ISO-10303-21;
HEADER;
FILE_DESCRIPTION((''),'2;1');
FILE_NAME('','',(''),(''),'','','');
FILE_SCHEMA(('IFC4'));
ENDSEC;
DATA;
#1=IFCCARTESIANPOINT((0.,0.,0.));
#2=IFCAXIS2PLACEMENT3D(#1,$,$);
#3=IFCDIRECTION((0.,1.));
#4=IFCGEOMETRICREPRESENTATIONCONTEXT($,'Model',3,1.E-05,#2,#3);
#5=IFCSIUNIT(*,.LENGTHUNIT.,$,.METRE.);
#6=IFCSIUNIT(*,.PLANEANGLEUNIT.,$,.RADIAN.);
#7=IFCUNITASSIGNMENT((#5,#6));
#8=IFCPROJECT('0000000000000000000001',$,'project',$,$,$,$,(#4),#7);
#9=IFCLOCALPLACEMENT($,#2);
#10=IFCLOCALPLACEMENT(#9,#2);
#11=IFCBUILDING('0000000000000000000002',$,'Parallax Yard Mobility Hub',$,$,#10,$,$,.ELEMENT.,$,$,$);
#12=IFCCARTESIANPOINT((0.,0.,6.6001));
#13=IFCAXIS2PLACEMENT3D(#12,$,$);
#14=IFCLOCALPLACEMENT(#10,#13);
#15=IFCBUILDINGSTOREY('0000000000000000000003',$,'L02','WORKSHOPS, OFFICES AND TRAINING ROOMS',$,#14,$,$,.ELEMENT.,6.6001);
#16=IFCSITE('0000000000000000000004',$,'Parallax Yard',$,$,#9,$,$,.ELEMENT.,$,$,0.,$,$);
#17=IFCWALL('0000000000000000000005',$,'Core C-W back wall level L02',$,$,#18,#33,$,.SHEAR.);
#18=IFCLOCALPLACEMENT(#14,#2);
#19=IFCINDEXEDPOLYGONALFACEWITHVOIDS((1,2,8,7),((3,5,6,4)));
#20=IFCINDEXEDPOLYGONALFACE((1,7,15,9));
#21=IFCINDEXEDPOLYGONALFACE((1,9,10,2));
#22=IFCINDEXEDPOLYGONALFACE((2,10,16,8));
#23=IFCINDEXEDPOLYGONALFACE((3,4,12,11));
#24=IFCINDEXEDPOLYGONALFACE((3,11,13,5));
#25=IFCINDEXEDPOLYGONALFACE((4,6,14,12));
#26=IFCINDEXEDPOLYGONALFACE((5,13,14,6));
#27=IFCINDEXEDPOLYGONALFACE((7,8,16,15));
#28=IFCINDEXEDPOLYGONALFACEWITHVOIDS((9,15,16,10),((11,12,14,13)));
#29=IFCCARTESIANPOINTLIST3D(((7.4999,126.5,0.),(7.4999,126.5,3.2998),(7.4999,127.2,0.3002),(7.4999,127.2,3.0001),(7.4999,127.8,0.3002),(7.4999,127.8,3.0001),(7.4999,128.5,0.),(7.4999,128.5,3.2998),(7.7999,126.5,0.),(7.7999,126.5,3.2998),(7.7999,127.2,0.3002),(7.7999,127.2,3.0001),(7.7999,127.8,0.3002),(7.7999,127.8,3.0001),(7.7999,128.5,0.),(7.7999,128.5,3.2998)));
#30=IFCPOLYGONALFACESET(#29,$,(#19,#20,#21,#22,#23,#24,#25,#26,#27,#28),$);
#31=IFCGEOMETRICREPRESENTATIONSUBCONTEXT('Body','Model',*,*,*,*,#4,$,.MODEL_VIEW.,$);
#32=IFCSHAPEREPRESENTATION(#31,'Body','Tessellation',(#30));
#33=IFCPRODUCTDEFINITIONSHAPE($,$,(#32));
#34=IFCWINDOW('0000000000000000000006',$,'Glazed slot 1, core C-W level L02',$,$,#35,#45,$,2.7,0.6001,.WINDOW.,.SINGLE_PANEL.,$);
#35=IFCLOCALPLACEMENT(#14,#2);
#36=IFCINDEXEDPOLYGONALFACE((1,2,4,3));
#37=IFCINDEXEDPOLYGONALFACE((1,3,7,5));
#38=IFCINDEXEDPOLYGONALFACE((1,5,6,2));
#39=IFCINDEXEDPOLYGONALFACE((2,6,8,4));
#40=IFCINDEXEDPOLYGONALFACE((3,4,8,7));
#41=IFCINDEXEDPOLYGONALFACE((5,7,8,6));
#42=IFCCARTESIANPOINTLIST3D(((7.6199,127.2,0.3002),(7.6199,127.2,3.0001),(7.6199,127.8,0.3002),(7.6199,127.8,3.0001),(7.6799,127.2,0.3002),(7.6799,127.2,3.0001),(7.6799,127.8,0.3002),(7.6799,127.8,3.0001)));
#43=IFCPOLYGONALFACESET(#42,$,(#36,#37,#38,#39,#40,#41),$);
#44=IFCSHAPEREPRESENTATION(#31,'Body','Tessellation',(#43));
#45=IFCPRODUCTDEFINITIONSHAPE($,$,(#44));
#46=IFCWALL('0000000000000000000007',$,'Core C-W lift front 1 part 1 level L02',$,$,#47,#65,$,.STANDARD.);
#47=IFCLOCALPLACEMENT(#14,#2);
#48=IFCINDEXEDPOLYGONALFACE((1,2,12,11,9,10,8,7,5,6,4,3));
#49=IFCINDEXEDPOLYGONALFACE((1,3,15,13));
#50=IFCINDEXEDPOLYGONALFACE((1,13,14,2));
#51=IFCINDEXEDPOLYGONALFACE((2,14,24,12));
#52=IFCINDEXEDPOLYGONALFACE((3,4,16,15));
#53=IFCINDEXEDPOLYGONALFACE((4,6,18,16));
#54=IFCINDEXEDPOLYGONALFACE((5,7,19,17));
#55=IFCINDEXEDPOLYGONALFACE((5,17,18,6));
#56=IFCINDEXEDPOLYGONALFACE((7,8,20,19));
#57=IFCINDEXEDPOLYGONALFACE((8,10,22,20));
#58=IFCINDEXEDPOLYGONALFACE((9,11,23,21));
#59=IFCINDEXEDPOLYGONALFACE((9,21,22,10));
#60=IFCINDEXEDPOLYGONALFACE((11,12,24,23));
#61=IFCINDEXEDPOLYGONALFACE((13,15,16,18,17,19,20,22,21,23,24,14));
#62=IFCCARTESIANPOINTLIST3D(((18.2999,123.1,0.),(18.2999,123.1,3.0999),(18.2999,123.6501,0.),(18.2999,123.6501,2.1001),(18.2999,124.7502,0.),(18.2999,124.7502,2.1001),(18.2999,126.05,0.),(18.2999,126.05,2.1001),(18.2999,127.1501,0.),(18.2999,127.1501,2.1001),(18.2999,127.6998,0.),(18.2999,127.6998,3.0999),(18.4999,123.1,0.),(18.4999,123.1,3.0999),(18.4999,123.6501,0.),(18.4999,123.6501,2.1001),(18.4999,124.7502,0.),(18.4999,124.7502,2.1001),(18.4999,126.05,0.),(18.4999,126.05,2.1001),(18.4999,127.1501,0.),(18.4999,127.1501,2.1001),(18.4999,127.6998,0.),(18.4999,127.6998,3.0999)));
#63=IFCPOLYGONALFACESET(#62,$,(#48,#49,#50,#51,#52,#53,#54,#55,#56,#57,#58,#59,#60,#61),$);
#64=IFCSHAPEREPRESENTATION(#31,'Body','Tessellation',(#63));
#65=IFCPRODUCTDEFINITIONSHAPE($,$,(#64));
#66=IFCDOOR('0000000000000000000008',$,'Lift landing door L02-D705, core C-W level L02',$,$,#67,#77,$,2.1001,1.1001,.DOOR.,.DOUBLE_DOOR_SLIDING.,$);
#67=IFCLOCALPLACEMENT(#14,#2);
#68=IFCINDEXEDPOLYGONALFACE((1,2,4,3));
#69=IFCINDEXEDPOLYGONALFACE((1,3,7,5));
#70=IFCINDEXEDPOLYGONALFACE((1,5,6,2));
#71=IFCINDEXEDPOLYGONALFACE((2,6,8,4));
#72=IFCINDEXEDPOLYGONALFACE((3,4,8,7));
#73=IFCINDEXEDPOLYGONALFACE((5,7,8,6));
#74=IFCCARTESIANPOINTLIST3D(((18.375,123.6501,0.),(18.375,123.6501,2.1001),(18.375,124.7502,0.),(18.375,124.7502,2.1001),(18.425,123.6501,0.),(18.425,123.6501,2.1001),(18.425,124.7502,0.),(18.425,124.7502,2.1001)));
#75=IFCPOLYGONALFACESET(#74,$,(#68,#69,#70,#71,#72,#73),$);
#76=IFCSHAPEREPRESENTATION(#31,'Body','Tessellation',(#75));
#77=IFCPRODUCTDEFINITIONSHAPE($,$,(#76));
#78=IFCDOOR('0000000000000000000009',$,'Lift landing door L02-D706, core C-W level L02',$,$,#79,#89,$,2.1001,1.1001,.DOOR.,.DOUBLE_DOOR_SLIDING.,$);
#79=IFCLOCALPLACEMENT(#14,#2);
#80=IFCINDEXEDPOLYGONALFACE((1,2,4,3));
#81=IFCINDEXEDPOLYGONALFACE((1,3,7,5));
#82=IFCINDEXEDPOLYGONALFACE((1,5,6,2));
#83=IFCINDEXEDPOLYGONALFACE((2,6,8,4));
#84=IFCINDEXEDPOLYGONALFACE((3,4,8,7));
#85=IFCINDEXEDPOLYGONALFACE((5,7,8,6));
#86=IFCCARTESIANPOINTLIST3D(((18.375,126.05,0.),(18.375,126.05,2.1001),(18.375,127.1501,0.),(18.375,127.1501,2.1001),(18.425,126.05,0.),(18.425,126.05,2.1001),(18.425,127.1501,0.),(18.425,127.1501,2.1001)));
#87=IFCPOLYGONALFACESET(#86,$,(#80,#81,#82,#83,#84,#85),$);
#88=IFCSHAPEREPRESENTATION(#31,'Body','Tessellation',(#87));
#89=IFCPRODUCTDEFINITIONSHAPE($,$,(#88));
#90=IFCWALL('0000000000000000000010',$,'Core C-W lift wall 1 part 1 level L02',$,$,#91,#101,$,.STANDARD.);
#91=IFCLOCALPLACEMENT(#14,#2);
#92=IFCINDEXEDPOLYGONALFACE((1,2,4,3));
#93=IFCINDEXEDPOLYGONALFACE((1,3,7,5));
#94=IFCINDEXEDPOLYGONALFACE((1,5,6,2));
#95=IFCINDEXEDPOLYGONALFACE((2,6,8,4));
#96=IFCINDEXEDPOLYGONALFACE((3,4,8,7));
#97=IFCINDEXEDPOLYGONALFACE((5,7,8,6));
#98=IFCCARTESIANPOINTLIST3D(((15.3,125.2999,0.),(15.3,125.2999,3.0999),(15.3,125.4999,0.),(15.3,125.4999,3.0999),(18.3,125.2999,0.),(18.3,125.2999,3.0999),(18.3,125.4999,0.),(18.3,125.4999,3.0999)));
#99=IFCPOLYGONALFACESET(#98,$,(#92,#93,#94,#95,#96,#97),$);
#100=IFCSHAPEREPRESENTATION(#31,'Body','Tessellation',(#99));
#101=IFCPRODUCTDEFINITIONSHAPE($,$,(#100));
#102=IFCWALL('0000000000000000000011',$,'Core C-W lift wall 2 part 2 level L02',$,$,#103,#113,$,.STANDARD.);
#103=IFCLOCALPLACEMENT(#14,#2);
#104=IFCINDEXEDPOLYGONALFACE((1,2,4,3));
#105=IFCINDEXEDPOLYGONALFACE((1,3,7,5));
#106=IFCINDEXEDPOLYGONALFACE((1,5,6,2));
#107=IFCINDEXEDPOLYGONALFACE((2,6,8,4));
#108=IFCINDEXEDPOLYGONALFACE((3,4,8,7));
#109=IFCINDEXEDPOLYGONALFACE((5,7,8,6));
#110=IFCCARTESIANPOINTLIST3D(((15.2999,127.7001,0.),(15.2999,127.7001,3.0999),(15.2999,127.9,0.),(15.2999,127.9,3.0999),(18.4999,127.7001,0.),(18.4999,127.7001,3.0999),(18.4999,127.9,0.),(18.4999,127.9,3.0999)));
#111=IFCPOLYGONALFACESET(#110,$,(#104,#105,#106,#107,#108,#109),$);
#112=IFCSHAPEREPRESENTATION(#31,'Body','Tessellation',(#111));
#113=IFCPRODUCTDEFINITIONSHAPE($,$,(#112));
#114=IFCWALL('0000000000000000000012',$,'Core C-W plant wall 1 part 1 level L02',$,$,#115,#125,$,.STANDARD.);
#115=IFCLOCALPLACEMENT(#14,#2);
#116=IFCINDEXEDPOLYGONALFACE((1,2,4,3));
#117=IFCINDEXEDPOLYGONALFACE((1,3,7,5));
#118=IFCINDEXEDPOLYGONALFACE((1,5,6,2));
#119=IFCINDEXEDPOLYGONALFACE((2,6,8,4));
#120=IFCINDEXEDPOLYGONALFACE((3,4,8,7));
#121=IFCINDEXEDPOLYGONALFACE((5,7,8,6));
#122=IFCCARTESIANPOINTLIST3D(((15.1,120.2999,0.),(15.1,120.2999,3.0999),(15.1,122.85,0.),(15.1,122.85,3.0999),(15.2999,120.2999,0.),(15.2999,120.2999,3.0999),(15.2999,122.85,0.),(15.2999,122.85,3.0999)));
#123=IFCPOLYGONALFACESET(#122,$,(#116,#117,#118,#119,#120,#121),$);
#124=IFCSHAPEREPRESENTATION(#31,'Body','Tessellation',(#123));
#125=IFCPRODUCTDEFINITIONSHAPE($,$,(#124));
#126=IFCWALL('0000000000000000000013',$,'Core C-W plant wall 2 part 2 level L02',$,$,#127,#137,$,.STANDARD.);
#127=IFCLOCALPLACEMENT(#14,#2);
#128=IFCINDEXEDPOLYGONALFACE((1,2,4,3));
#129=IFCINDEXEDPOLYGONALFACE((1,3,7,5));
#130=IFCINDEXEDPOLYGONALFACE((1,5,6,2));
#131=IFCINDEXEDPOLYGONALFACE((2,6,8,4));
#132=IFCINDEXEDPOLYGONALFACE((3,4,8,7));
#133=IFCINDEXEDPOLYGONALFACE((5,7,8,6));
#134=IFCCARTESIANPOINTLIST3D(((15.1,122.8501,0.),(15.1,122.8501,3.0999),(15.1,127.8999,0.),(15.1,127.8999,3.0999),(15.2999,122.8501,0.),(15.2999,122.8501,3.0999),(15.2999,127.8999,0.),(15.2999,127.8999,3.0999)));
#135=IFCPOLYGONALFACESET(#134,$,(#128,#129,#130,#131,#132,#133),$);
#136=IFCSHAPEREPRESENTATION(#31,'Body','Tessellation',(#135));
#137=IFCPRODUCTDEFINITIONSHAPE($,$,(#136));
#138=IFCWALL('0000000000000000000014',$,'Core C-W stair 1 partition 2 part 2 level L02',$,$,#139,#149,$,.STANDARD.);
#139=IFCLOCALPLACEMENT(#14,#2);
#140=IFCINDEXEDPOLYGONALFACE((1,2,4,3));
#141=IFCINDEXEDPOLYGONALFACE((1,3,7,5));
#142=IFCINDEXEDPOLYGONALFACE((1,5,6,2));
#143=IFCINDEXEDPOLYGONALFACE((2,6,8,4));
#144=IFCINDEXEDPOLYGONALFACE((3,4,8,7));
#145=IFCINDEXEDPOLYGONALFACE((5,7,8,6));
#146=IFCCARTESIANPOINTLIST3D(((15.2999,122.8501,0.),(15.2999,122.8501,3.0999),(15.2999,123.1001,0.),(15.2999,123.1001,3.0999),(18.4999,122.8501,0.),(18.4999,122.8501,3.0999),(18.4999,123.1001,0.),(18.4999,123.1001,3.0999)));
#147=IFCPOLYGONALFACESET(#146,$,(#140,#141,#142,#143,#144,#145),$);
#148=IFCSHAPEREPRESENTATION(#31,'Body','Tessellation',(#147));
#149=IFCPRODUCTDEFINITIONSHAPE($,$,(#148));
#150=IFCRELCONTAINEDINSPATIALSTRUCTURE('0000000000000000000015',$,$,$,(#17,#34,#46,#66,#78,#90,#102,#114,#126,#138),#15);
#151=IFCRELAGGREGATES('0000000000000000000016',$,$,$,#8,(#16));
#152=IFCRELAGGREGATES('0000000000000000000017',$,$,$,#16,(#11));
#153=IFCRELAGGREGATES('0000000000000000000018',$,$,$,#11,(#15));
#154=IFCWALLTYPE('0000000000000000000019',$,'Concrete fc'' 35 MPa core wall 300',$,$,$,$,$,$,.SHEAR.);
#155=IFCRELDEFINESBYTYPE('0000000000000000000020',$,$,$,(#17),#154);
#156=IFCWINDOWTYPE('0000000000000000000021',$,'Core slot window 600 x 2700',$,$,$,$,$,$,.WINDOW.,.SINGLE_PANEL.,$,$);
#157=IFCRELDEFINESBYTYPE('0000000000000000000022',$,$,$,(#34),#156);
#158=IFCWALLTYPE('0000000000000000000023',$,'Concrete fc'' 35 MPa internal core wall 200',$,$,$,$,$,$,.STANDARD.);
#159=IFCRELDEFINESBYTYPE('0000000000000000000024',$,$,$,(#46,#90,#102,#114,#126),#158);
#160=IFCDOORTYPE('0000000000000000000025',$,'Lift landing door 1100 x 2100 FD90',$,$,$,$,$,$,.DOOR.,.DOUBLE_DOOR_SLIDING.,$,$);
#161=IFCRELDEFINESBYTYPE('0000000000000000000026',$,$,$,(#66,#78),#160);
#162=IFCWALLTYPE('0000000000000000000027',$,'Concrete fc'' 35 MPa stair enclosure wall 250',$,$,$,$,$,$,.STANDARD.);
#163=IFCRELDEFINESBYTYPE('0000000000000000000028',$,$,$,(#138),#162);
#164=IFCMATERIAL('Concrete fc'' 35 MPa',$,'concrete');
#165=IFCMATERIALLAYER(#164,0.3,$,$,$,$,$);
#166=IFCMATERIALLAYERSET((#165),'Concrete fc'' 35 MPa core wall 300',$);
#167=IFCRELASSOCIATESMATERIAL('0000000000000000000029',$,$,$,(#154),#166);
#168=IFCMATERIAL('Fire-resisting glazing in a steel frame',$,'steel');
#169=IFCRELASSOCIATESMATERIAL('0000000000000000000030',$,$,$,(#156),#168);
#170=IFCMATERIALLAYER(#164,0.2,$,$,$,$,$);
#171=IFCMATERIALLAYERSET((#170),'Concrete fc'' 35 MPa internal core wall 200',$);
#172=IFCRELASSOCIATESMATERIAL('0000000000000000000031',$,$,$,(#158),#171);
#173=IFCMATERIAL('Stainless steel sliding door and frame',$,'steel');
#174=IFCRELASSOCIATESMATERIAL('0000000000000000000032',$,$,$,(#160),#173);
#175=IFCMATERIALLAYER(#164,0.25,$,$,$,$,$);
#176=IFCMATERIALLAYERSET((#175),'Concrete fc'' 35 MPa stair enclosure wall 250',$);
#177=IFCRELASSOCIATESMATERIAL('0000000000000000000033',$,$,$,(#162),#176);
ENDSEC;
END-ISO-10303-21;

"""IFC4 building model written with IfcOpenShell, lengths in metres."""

from ifc_helpers import new_model, si_unit, direction, frame, frame_2d, origin, place, context, subcontext, project, spatial, rectangle, extrude, material, layer, layer_set, type_object, element, fill, save


model = new_model("IFC4")

# Units and contexts
model_context = context("Model", 3, precision=1e-05, world=origin(), true_north=direction((0.0, 1.0)))
body_context = subcontext(model_context, "Body", "Model", "MODEL_VIEW")
ifc_project = project(units=[si_unit("LENGTHUNIT", "METRE"), si_unit("PLANEANGLEUNIT", "RADIAN")], contexts=[model_context])

# Site, building, storey
site_placement = place(None, origin())
site = spatial("IfcSite", under=ifc_project, at=site_placement, Name="Parallax Yard", CompositionType="ELEMENT", RefElevation=0.0)
building_placement = place(site_placement, origin())
building = spatial("IfcBuilding", under=site, at=building_placement, Name="Parallax Yard Mobility Hub", CompositionType="ELEMENT")
storey_placement = place(building_placement, frame((0.0, 0.0, 6.6001)))
storey = spatial("IfcBuildingStorey", under=building, at=storey_placement, Name="L02", Description="WORKSHOPS, OFFICES AND TRAINING ROOMS", CompositionType="ELEMENT", Elevation=6.6001)

# Wall, opening, window
ifc_material_1 = material(Name="Concrete fc' 35 MPa", Category="concrete")
ifc_layer_1 = layer(ifc_material_1, 0.3)
ifc_layer_set_1 = layer_set([ifc_layer_1], Name="Concrete fc' 35 MPa core wall 300")
wall_type_1 = type_object("IfcWallType", Name="Concrete fc' 35 MPa core wall 300", PredefinedType="SHEAR", material=ifc_layer_set_1)
wall_1_placement = place(storey_placement, frame((7.6499, 126.5, 0.0), z_axis=(0.0, 0.0, 1.0), x_axis=(0.0, 1.0, 0.0)))
wall_1 = element("IfcWall", 1, at=wall_1_placement, inside=storey, type_object=wall_type_1, Name="Core C-W back wall level L02", PredefinedType="SHEAR", context=body_context, shape_type="SweptSolid", body=[
    extrude(rectangle(XDim=2.0, YDim=0.3, at=frame_2d((1.0, 0.0))), origin(), (0.0, 0.0, 1.0), 3.2998),
])
opening_1_placement = place(wall_1_placement, frame((0.7, 0.0, 0.3)))
opening_1 = element("IfcOpeningElement", 2, at=opening_1_placement, cuts=wall_1, PredefinedType="OPENING", context=body_context, shape_type="SweptSolid", body=[
    extrude(rectangle(XDim=0.6001, YDim=2.7, at=frame_2d((0.3, 1.3501))), frame((0.0, 0.1602, 0.0), z_axis=(0.0, -1.0, 0.0), x_axis=(1.0, 0.0, 0.0)), (0.0, 0.0, 1.0), 0.3201),
])
ifc_material_2 = material(Name="Fire-resisting glazing in a steel frame", Category="steel")
window_type = type_object("IfcWindowType", Name="Core slot window 600 x 2700", PartitioningType="SINGLE_PANEL", PredefinedType="WINDOW", material=ifc_material_2)
window_placement = place(opening_1_placement, origin())
window = element("IfcWindow", 3, at=window_placement, inside=storey, type_object=window_type, Name="Glazed slot 1, core C-W level L02", OverallHeight=2.7, OverallWidth=0.6001, PartitioningType="SINGLE_PANEL", PredefinedType="WINDOW", context=body_context, shape_type="SweptSolid", body=[
    extrude(rectangle(XDim=0.6001, YDim=2.7, at=frame_2d((0.3, 1.3501))), frame((0.0, 0.03, 0.0), z_axis=(0.0, -1.0, 0.0), x_axis=(1.0, 0.0, 0.0)), (0.0, 0.0, 1.0), 0.0601),
])
fill(opening_1, window)

# Wall, openings, doors
ifc_layer_2 = layer(ifc_material_1, 0.2)
ifc_layer_set_2 = layer_set([ifc_layer_2], Name="Concrete fc' 35 MPa internal core wall 200")
wall_type_2 = type_object("IfcWallType", Name="Concrete fc' 35 MPa internal core wall 200", PredefinedType="STANDARD", material=ifc_layer_set_2)
wall_2_placement = place(storey_placement, frame((18.3999, 123.1001, 0.0), z_axis=(0.0, 0.0, 1.0), x_axis=(0.0, 1.0, 0.0)))
wall_2 = element("IfcWall", 4, at=wall_2_placement, inside=storey, type_object=wall_type_2, Name="Core C-W lift front 1 part 1 level L02", PredefinedType="STANDARD", context=body_context, shape_type="SweptSolid", body=[
    extrude(rectangle(XDim=4.5999, YDim=0.2, at=frame_2d((2.2998, 0.0))), origin(), (0.0, 0.0, 1.0), 3.0999),
])
opening_2_placement = place(wall_2_placement, frame((0.55, 0.0, 0.0)))
opening_2 = element("IfcOpeningElement", 5, at=opening_2_placement, cuts=wall_2, PredefinedType="OPENING", context=body_context, shape_type="SweptSolid", body=[
    extrude(rectangle(XDim=1.1001, YDim=2.1001, at=frame_2d((0.55, 1.05))), frame((0.0, 0.1099, 0.0), z_axis=(0.0, -1.0, 0.0), x_axis=(1.0, 0.0, 0.0)), (0.0, 0.0, 1.0), 0.22),
])
opening_3_placement = place(wall_2_placement, frame((2.95, 0.0, 0.0)))
opening_3 = element("IfcOpeningElement", 6, at=opening_3_placement, cuts=wall_2, PredefinedType="OPENING", context=body_context, shape_type="SweptSolid", body=[
    extrude(rectangle(XDim=1.1001, YDim=2.1001, at=frame_2d((0.55, 1.05))), frame((0.0, 0.1099, 0.0), z_axis=(0.0, -1.0, 0.0), x_axis=(1.0, 0.0, 0.0)), (0.0, 0.0, 1.0), 0.22),
])
ifc_material_3 = material(Name="Stainless steel sliding door and frame", Category="steel")
door_type = type_object("IfcDoorType", Name="Lift landing door 1100 x 2100 FD90", OperationType="DOUBLE_DOOR_SLIDING", PredefinedType="DOOR", material=ifc_material_3)
door_1_placement = place(opening_2_placement, origin())
door_1 = element("IfcDoor", 7, at=door_1_placement, inside=storey, type_object=door_type, Name="Lift landing door L02-D705, core C-W level L02", OperationType="DOUBLE_DOOR_SLIDING", OverallHeight=2.1001, OverallWidth=1.1001, PredefinedType="DOOR", context=body_context, shape_type="SweptSolid", body=[
    extrude(rectangle(XDim=1.1001, YDim=2.1001, at=frame_2d((0.55, 1.05))), frame((0.0, 0.0249, 0.0), z_axis=(0.0, -1.0, 0.0), x_axis=(1.0, 0.0, 0.0)), (0.0, 0.0, 1.0), 0.05),
])
fill(opening_2, door_1)
door_2_placement = place(opening_3_placement, origin())
door_2 = element("IfcDoor", 8, at=door_2_placement, inside=storey, type_object=door_type, Name="Lift landing door L02-D706, core C-W level L02", OperationType="DOUBLE_DOOR_SLIDING", OverallHeight=2.1001, OverallWidth=1.1001, PredefinedType="DOOR", context=body_context, shape_type="SweptSolid", body=[
    extrude(rectangle(XDim=1.1001, YDim=2.1001, at=frame_2d((0.55, 1.05))), frame((0.0, 0.0249, 0.0), z_axis=(0.0, -1.0, 0.0), x_axis=(1.0, 0.0, 0.0)), (0.0, 0.0, 1.0), 0.05),
])
fill(opening_3, door_2)

# Walls
wall_3_placement = place(storey_placement, frame((18.3, 125.3999, 0.0), z_axis=(0.0, 0.0, 1.0), x_axis=(-1.0, 0.0, 0.0)))
element("IfcWall", 9, at=wall_3_placement, inside=storey, type_object=wall_type_2, Name="Core C-W lift wall 1 part 1 level L02", PredefinedType="STANDARD", context=body_context, shape_type="SweptSolid", body=[
    extrude(rectangle(XDim=3.0, YDim=0.2, at=frame_2d((1.5, 0.0))), origin(), (0.0, 0.0, 1.0), 3.0999),
])
wall_4_placement = place(storey_placement, frame((18.5, 127.8, 0.0), z_axis=(0.0, 0.0, 1.0), x_axis=(-1.0, 0.0, 0.0)))
element("IfcWall", 10, at=wall_4_placement, inside=storey, type_object=wall_type_2, Name="Core C-W lift wall 2 part 2 level L02", PredefinedType="STANDARD", context=body_context, shape_type="SweptSolid", body=[
    extrude(rectangle(XDim=3.2, YDim=0.2, at=frame_2d((1.6001, 0.0))), origin(), (0.0, 0.0, 1.0), 3.0999),
])
wall_5_placement = place(storey_placement, frame((15.2, 120.3, 0.0), z_axis=(0.0, 0.0, 1.0), x_axis=(0.0, 1.0, 0.0)))
element("IfcWall", 11, at=wall_5_placement, inside=storey, type_object=wall_type_2, Name="Core C-W plant wall 1 part 1 level L02", PredefinedType="STANDARD", context=body_context, shape_type="SweptSolid", body=[
    extrude(rectangle(XDim=2.55, YDim=0.2, at=frame_2d((1.2749, 0.0))), origin(), (0.0, 0.0, 1.0), 3.0999),
])
wall_6_placement = place(storey_placement, frame((15.2, 122.8501, 0.0), z_axis=(0.0, 0.0, 1.0), x_axis=(0.0, 1.0, 0.0)))
element("IfcWall", 12, at=wall_6_placement, inside=storey, type_object=wall_type_2, Name="Core C-W plant wall 2 part 2 level L02", PredefinedType="STANDARD", context=body_context, shape_type="SweptSolid", body=[
    extrude(rectangle(XDim=5.0498, YDim=0.2, at=frame_2d((2.5249, 0.0))), origin(), (0.0, 0.0, 1.0), 3.0999),
])
ifc_layer_3 = layer(ifc_material_1, 0.25)
ifc_layer_set_3 = layer_set([ifc_layer_3], Name="Concrete fc' 35 MPa stair enclosure wall 250")
wall_type_3 = type_object("IfcWallType", Name="Concrete fc' 35 MPa stair enclosure wall 250", PredefinedType="STANDARD", material=ifc_layer_set_3)
wall_7_placement = place(storey_placement, frame((18.5, 122.9751, 0.0), z_axis=(0.0, 0.0, 1.0), x_axis=(-1.0, 0.0, 0.0)))
element("IfcWall", 13, at=wall_7_placement, inside=storey, type_object=wall_type_3, Name="Core C-W stair 1 partition 2 part 2 level L02", PredefinedType="STANDARD", context=body_context, shape_type="SweptSolid", body=[
    extrude(rectangle(XDim=3.2, YDim=0.25, at=frame_2d((1.6001, 0.0))), origin(), (0.0, 0.0, 1.0), 3.0999),
])

save(model, "model.ifc")
